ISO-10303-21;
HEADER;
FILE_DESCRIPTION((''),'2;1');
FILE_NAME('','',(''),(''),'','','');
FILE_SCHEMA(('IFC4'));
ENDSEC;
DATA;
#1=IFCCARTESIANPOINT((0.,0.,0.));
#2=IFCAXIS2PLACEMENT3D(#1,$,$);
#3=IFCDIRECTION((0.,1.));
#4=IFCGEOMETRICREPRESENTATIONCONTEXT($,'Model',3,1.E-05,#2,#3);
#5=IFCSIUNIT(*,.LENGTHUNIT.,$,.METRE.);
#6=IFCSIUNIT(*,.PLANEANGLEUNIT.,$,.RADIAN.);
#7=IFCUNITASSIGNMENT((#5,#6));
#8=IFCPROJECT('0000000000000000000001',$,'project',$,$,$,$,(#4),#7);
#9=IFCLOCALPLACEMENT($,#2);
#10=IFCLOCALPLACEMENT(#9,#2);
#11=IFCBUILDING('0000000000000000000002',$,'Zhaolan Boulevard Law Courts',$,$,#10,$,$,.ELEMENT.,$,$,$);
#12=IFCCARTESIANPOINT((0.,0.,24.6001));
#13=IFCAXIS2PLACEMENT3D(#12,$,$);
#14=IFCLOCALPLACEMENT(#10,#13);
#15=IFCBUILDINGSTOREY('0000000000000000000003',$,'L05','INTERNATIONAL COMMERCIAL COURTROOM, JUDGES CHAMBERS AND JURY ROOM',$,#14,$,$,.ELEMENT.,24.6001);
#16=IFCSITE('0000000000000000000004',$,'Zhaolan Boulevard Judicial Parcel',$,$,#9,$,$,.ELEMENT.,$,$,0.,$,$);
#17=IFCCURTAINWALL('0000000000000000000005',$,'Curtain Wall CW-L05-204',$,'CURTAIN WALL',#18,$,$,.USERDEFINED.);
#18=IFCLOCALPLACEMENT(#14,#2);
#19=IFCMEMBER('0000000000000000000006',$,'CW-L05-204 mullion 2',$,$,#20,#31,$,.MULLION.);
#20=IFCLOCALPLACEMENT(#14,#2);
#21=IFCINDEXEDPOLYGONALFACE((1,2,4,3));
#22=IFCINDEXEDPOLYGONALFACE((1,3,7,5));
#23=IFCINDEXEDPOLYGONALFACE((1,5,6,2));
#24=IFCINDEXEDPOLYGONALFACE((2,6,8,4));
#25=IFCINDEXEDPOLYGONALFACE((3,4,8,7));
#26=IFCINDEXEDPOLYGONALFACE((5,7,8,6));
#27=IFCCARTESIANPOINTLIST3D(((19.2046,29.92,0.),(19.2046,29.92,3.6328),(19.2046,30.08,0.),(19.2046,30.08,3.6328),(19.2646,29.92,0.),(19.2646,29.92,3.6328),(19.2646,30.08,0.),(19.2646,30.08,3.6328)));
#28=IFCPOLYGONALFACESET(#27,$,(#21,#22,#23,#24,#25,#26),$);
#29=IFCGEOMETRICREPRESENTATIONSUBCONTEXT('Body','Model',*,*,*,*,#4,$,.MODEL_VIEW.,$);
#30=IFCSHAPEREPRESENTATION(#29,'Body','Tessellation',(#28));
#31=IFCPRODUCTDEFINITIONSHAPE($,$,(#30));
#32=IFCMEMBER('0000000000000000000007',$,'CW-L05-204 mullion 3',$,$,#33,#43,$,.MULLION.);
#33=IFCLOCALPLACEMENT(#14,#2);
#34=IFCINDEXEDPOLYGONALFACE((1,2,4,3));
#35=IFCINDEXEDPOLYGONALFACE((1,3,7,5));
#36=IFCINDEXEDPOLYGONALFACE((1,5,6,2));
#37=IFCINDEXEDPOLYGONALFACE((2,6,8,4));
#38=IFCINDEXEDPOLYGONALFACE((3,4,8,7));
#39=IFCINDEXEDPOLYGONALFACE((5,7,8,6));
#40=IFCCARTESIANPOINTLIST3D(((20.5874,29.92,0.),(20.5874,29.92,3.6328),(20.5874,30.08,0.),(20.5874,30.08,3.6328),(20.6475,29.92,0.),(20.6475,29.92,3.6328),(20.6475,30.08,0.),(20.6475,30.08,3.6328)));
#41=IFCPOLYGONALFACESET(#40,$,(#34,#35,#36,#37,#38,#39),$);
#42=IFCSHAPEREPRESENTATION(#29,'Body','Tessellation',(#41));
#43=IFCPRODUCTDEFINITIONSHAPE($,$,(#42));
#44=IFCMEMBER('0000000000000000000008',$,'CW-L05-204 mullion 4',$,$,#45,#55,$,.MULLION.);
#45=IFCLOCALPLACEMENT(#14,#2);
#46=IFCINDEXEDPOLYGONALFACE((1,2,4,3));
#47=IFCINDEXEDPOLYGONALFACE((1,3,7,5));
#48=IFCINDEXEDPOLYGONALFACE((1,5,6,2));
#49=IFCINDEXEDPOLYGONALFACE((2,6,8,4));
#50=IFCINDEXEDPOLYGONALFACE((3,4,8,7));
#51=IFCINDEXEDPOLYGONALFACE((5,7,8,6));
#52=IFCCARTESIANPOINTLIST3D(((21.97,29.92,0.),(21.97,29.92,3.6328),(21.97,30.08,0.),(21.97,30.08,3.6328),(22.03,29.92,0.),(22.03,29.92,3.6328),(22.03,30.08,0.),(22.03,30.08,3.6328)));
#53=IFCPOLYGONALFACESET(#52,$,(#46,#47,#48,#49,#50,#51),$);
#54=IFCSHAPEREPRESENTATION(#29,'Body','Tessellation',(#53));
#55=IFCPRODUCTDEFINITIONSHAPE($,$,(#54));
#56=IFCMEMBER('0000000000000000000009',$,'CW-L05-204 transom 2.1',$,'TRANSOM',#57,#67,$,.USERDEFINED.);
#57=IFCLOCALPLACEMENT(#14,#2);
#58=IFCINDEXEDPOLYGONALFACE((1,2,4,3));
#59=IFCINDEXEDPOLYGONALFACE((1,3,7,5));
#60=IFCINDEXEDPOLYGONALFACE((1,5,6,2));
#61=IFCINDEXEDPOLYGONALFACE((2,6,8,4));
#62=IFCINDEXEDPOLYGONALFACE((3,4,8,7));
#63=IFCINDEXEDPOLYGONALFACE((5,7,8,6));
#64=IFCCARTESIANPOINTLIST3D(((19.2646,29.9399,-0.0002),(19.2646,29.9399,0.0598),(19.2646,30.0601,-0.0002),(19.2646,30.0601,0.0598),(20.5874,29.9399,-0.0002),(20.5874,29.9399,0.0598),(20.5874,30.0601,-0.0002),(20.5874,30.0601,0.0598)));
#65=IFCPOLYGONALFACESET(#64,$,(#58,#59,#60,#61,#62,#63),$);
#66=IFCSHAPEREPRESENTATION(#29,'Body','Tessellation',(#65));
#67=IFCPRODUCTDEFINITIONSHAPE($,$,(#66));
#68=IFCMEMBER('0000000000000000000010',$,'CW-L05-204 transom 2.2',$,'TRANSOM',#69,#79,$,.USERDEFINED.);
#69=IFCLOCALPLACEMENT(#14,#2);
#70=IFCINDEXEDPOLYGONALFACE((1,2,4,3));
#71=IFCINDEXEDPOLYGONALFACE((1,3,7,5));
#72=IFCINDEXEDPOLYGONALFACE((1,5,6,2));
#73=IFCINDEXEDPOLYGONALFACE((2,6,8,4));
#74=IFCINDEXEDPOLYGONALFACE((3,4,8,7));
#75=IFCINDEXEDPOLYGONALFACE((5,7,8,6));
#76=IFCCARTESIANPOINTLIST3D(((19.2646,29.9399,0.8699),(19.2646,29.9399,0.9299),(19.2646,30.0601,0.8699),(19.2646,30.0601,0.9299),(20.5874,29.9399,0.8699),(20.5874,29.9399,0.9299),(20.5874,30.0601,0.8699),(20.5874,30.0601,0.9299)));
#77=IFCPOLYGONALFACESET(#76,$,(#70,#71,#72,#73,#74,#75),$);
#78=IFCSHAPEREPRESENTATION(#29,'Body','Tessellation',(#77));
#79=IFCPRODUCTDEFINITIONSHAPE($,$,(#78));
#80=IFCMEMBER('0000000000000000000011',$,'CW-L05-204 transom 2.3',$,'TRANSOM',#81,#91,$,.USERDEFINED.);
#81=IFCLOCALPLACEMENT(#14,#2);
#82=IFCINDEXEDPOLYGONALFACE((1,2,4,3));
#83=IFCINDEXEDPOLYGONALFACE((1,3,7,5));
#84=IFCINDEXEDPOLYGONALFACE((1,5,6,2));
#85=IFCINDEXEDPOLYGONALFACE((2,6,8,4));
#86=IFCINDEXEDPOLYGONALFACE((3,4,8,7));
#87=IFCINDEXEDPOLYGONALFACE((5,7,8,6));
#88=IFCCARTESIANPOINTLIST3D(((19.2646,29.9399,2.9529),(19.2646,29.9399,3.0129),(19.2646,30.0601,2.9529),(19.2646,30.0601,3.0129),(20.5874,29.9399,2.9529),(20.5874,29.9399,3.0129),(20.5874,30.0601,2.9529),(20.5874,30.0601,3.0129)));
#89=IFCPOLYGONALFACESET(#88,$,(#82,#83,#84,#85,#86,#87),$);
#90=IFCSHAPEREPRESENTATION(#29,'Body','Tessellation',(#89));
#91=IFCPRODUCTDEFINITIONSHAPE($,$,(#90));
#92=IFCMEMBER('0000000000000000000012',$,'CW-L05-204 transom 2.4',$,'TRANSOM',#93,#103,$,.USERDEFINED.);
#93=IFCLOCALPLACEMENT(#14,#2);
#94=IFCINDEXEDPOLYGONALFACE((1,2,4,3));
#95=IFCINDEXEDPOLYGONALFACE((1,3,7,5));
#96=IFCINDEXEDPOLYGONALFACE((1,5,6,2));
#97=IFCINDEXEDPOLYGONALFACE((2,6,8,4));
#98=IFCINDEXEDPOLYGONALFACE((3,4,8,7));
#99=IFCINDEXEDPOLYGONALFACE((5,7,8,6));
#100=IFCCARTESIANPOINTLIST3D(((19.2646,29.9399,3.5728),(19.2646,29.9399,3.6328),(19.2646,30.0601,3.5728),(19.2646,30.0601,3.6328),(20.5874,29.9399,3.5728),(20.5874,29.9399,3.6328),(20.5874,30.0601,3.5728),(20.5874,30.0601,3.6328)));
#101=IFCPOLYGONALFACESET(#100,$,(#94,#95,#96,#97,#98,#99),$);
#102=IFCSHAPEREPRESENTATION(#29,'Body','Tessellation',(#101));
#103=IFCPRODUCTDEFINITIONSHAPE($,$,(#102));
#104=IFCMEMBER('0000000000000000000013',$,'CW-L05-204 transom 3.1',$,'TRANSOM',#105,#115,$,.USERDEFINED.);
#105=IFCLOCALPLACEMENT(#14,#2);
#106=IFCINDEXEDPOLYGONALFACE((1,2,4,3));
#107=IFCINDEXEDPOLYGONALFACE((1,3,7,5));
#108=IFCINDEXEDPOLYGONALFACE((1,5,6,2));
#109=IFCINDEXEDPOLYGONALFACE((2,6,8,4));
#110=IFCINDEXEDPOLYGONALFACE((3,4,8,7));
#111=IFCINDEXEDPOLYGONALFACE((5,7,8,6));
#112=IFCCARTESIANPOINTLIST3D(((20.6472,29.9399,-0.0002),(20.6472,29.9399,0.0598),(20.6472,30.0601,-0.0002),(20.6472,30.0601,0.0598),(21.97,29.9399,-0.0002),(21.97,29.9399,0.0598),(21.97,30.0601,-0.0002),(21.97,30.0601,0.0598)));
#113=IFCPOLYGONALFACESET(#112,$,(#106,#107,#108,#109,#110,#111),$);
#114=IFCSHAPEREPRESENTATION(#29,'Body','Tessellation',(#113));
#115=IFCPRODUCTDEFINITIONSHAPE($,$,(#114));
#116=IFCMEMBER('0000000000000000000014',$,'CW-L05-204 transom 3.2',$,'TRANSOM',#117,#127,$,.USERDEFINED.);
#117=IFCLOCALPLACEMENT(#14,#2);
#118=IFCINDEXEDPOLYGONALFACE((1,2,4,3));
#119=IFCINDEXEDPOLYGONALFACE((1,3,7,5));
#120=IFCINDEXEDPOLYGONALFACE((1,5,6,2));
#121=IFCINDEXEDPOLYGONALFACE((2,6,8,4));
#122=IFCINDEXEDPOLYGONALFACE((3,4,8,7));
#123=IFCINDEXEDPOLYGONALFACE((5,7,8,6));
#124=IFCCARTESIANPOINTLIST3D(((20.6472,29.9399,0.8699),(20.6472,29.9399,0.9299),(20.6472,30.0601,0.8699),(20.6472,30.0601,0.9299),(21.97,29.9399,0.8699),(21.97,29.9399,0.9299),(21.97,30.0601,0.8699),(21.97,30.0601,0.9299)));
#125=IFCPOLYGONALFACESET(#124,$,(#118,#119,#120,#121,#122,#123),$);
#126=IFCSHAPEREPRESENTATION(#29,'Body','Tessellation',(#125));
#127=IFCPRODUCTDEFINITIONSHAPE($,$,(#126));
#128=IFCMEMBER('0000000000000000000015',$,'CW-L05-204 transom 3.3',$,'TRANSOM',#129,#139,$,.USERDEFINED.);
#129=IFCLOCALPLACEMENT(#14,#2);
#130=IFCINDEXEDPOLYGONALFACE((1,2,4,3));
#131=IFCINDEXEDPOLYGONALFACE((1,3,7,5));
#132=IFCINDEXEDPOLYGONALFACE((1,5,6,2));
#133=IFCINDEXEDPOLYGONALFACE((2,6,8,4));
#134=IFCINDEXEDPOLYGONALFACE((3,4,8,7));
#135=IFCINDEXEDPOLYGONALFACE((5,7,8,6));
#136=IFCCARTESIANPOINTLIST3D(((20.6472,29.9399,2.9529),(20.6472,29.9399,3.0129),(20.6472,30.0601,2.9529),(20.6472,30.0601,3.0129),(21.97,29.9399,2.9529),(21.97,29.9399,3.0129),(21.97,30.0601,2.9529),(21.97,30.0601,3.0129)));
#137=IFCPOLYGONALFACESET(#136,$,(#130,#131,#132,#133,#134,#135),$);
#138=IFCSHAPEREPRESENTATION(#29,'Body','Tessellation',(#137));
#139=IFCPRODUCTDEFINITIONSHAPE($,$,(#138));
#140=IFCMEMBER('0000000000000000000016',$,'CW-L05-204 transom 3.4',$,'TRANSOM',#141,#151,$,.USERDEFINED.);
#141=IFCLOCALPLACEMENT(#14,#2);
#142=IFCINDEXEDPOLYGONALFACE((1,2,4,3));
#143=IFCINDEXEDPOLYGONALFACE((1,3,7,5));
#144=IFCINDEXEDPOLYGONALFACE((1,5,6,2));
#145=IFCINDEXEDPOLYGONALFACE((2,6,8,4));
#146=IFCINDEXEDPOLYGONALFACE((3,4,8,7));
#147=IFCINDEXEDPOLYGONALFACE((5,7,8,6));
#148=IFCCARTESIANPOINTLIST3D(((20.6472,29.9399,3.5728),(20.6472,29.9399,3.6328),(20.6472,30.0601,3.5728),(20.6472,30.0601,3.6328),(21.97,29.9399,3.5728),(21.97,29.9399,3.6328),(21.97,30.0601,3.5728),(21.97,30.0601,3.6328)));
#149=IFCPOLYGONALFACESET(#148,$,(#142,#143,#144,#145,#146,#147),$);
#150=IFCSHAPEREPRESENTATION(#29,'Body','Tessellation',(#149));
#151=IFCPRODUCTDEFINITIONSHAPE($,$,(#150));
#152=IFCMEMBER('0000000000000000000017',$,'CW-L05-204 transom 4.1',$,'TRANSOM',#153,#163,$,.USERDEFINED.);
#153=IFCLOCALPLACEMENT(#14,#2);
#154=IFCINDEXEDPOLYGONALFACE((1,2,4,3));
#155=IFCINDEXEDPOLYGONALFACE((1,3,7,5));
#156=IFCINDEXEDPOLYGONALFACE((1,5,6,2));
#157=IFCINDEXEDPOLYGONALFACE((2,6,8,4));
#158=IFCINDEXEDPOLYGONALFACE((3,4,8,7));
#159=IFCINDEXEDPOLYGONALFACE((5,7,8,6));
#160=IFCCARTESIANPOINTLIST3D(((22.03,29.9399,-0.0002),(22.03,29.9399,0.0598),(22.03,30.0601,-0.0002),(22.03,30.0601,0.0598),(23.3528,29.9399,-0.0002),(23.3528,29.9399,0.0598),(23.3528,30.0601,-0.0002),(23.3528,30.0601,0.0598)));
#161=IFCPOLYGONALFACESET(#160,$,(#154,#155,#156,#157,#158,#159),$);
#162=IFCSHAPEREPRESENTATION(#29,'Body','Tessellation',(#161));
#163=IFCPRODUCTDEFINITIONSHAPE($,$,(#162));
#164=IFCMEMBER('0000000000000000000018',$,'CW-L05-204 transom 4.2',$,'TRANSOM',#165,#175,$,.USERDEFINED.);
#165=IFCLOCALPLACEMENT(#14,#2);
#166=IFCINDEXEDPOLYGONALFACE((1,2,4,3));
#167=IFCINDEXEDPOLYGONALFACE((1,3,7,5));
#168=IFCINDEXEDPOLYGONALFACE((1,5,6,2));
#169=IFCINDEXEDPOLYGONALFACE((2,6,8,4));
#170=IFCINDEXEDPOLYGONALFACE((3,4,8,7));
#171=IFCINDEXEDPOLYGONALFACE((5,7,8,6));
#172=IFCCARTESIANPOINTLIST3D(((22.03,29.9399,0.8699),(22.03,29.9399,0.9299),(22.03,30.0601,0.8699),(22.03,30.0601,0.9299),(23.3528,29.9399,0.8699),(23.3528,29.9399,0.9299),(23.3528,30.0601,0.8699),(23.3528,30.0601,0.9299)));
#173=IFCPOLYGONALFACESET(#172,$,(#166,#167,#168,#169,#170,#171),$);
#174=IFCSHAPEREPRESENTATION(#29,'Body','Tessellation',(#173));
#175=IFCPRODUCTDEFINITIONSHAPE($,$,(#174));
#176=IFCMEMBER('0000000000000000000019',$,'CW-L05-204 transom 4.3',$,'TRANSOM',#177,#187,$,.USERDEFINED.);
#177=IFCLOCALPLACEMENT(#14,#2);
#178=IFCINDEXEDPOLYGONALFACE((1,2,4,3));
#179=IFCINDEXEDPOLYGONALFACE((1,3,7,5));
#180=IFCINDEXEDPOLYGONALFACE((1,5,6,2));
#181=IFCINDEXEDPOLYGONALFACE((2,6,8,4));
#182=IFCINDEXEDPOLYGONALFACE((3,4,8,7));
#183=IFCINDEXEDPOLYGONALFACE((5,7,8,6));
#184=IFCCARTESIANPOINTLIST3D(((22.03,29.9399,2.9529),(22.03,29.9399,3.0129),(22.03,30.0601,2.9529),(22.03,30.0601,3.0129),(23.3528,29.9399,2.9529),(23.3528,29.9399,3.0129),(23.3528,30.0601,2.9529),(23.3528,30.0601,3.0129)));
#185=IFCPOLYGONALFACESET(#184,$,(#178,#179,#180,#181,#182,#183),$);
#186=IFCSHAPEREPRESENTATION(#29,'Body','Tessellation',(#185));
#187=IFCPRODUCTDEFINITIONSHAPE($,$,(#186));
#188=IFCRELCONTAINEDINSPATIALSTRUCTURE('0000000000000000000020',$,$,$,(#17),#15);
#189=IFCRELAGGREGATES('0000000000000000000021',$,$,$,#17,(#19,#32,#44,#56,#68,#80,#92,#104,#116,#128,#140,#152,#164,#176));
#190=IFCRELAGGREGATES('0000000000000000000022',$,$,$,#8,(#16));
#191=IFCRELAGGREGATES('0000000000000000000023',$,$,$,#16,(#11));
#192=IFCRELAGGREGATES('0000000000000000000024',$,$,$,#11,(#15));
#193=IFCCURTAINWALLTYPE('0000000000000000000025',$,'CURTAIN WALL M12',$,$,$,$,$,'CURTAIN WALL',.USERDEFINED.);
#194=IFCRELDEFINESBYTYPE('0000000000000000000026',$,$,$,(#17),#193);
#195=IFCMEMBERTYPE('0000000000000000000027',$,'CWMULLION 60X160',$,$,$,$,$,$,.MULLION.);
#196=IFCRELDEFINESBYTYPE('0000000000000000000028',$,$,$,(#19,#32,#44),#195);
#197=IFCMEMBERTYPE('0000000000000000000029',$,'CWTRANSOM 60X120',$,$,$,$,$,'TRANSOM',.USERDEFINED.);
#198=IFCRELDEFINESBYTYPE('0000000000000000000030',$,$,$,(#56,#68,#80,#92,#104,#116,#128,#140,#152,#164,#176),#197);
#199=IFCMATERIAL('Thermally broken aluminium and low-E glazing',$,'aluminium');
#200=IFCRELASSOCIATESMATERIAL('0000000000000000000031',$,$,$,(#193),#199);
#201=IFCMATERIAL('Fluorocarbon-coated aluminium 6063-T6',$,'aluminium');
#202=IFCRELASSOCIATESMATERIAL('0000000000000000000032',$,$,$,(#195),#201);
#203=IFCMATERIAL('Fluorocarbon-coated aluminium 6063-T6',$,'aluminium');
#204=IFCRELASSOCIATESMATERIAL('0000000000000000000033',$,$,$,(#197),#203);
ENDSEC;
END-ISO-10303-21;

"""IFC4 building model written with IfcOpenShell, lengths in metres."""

from ifc_helpers import new_model, si_unit, direction, frame, origin, origin_2d, place, context, subcontext, project, spatial, rectangle, extrude, material, material_profile, profile_set, type_object, element, aggregate, save


model = new_model("IFC4")

# Units and contexts
model_context = context("Model", 3, precision=1e-05, world=origin(), true_north=direction((0.0, 1.0)))
body_context = subcontext(model_context, "Body", "Model", "MODEL_VIEW")
ifc_project = project(units=[si_unit("LENGTHUNIT", "METRE"), si_unit("PLANEANGLEUNIT", "RADIAN")], contexts=[model_context])

# Site, building, storey
site_placement = place(None, origin())
site = spatial("IfcSite", under=ifc_project, at=site_placement, Name="Zhaolan Boulevard Judicial Parcel", CompositionType="ELEMENT", RefElevation=0.0)
building_placement = place(site_placement, origin())
building = spatial("IfcBuilding", under=site, at=building_placement, Name="Zhaolan Boulevard Law Courts", CompositionType="ELEMENT")
storey_placement = place(building_placement, frame((0.0, 0.0, 24.6001)))
storey = spatial("IfcBuildingStorey", under=building, at=storey_placement, Name="L05", Description="INTERNATIONAL COMMERCIAL COURTROOM, JUDGES CHAMBERS AND JURY ROOM", CompositionType="ELEMENT", Elevation=24.6001)

# Curtain wall, members
ifc_material_1 = material(Name="Thermally broken aluminium and low-E glazing", Category="aluminium")
curtain_wall_type = type_object("IfcCurtainWallType", Name="CURTAIN WALL M12", ElementType="CURTAIN WALL", PredefinedType="USERDEFINED", material=ifc_material_1)
curtain_wall_placement = place(storey_placement, origin())
curtain_wall = element("IfcCurtainWall", 1, at=curtain_wall_placement, inside=storey, type_object=curtain_wall_type, Name="Curtain Wall CW-L05-204", ObjectType="CURTAIN WALL", PredefinedType="USERDEFINED")
ifc_material_2 = material(Name="Fluorocarbon-coated aluminium 6063-T6", Category="aluminium")
ifc_material_profile_1 = material_profile(ifc_material_2, rectangle(XDim=0.1599, YDim=0.0601, at=origin_2d()), Name="AL60x160")
ifc_profile_set_1 = profile_set([ifc_material_profile_1], Name="Fluorocarbon-coated aluminium 6063-T6")
member_type_1 = type_object("IfcMemberType", Name="CWMULLION 60X160", PredefinedType="MULLION", material=ifc_profile_set_1)
member_1_placement = place(storey_placement, frame((19.2346, 30.0, 0.0), z_axis=(0.0, 0.0, 1.0), x_axis=(0.0, 1.0, 0.0)))
member_1 = element("IfcMember", 2, at=member_1_placement, type_object=member_type_1, Name="CW-L05-204 mullion 2", PredefinedType="MULLION", context=body_context, shape_type="SweptSolid", body=[
    extrude(rectangle(XDim=0.1599, YDim=0.0601, at=origin_2d()), origin(), (0.0, 0.0, 1.0), 3.6328),
])
member_2_placement = place(storey_placement, frame((20.6174, 30.0, 0.0), z_axis=(0.0, 0.0, 1.0), x_axis=(0.0, 1.0, 0.0)))
member_2 = element("IfcMember", 3, at=member_2_placement, type_object=member_type_1, Name="CW-L05-204 mullion 3", PredefinedType="MULLION", context=body_context, shape_type="SweptSolid", body=[
    extrude(rectangle(XDim=0.1599, YDim=0.0601, at=origin_2d()), origin(), (0.0, 0.0, 1.0), 3.6328),
])
member_3_placement = place(storey_placement, frame((22.0, 30.0, 0.0), z_axis=(0.0, 0.0, 1.0), x_axis=(0.0, 1.0, 0.0)))
member_3 = element("IfcMember", 4, at=member_3_placement, type_object=member_type_1, Name="CW-L05-204 mullion 4", PredefinedType="MULLION", context=body_context, shape_type="SweptSolid", body=[
    extrude(rectangle(XDim=0.1599, YDim=0.0601, at=origin_2d()), origin(), (0.0, 0.0, 1.0), 3.6328),
])
ifc_material_3 = material(Name="Fluorocarbon-coated aluminium 6063-T6", Category="aluminium")
ifc_material_profile_2 = material_profile(ifc_material_3, rectangle(XDim=0.1201, YDim=0.0601, at=origin_2d()), Name="AL60x120")
ifc_profile_set_2 = profile_set([ifc_material_profile_2], Name="Fluorocarbon-coated aluminium 6063-T6")
member_type_2 = type_object("IfcMemberType", Name="CWTRANSOM 60X120", ElementType="TRANSOM", PredefinedType="USERDEFINED", material=ifc_profile_set_2)
member_4_placement = place(storey_placement, frame((19.2646, 30.0, 0.0298), z_axis=(1.0, 0.0, 0.0), x_axis=(0.0, 1.0, 0.0)))
member_4 = element("IfcMember", 5, at=member_4_placement, type_object=member_type_2, Name="CW-L05-204 transom 2.1", ObjectType="TRANSOM", PredefinedType="USERDEFINED", context=body_context, shape_type="SweptSolid", body=[
    extrude(rectangle(XDim=0.1201, YDim=0.0601, at=origin_2d()), origin(), (0.0, 0.0, 1.0), 1.3228),
])
member_5_placement = place(storey_placement, frame((19.2646, 30.0, 0.8999), z_axis=(1.0, 0.0, 0.0), x_axis=(0.0, 1.0, 0.0)))
member_5 = element("IfcMember", 6, at=member_5_placement, type_object=member_type_2, Name="CW-L05-204 transom 2.2", ObjectType="TRANSOM", PredefinedType="USERDEFINED", context=body_context, shape_type="SweptSolid", body=[
    extrude(rectangle(XDim=0.1201, YDim=0.0601, at=origin_2d()), origin(), (0.0, 0.0, 1.0), 1.3228),
])
member_6_placement = place(storey_placement, frame((19.2646, 30.0, 2.9829), z_axis=(1.0, 0.0, 0.0), x_axis=(0.0, 1.0, 0.0)))
member_6 = element("IfcMember", 7, at=member_6_placement, type_object=member_type_2, Name="CW-L05-204 transom 2.3", ObjectType="TRANSOM", PredefinedType="USERDEFINED", context=body_context, shape_type="SweptSolid", body=[
    extrude(rectangle(XDim=0.1201, YDim=0.0601, at=origin_2d()), origin(), (0.0, 0.0, 1.0), 1.3228),
])
member_7_placement = place(storey_placement, frame((19.2646, 30.0, 3.6028), z_axis=(1.0, 0.0, 0.0), x_axis=(0.0, 1.0, 0.0)))
member_7 = element("IfcMember", 8, at=member_7_placement, type_object=member_type_2, Name="CW-L05-204 transom 2.4", ObjectType="TRANSOM", PredefinedType="USERDEFINED", context=body_context, shape_type="SweptSolid", body=[
    extrude(rectangle(XDim=0.1201, YDim=0.0601, at=origin_2d()), origin(), (0.0, 0.0, 1.0), 1.3228),
])
member_8_placement = place(storey_placement, frame((20.6472, 30.0, 0.0298), z_axis=(1.0, 0.0, 0.0), x_axis=(0.0, 1.0, 0.0)))
member_8 = element("IfcMember", 9, at=member_8_placement, type_object=member_type_2, Name="CW-L05-204 transom 3.1", ObjectType="TRANSOM", PredefinedType="USERDEFINED", context=body_context, shape_type="SweptSolid", body=[
    extrude(rectangle(XDim=0.1201, YDim=0.0601, at=origin_2d()), origin(), (0.0, 0.0, 1.0), 1.3228),
])
member_9_placement = place(storey_placement, frame((20.6472, 30.0, 0.8999), z_axis=(1.0, 0.0, 0.0), x_axis=(0.0, 1.0, 0.0)))
member_9 = element("IfcMember", 10, at=member_9_placement, type_object=member_type_2, Name="CW-L05-204 transom 3.2", ObjectType="TRANSOM", PredefinedType="USERDEFINED", context=body_context, shape_type="SweptSolid", body=[
    extrude(rectangle(XDim=0.1201, YDim=0.0601, at=origin_2d()), origin(), (0.0, 0.0, 1.0), 1.3228),
])
member_10_placement = place(storey_placement, frame((20.6472, 30.0, 2.9829), z_axis=(1.0, 0.0, 0.0), x_axis=(0.0, 1.0, 0.0)))
member_10 = element("IfcMember", 11, at=member_10_placement, type_object=member_type_2, Name="CW-L05-204 transom 3.3", ObjectType="TRANSOM", PredefinedType="USERDEFINED", context=body_context, shape_type="SweptSolid", body=[
    extrude(rectangle(XDim=0.1201, YDim=0.0601, at=origin_2d()), origin(), (0.0, 0.0, 1.0), 1.3228),
])
member_11_placement = place(storey_placement, frame((20.6472, 30.0, 3.6028), z_axis=(1.0, 0.0, 0.0), x_axis=(0.0, 1.0, 0.0)))
member_11 = element("IfcMember", 12, at=member_11_placement, type_object=member_type_2, Name="CW-L05-204 transom 3.4", ObjectType="TRANSOM", PredefinedType="USERDEFINED", context=body_context, shape_type="SweptSolid", body=[
    extrude(rectangle(XDim=0.1201, YDim=0.0601, at=origin_2d()), origin(), (0.0, 0.0, 1.0), 1.3228),
])
member_12_placement = place(storey_placement, frame((22.03, 30.0, 0.0298), z_axis=(1.0, 0.0, 0.0), x_axis=(0.0, 1.0, 0.0)))
member_12 = element("IfcMember", 13, at=member_12_placement, type_object=member_type_2, Name="CW-L05-204 transom 4.1", ObjectType="TRANSOM", PredefinedType="USERDEFINED", context=body_context, shape_type="SweptSolid", body=[
    extrude(rectangle(XDim=0.1201, YDim=0.0601, at=origin_2d()), origin(), (0.0, 0.0, 1.0), 1.3228),
])
member_13_placement = place(storey_placement, frame((22.03, 30.0, 0.8999), z_axis=(1.0, 0.0, 0.0), x_axis=(0.0, 1.0, 0.0)))
member_13 = element("IfcMember", 14, at=member_13_placement, type_object=member_type_2, Name="CW-L05-204 transom 4.2", ObjectType="TRANSOM", PredefinedType="USERDEFINED", context=body_context, shape_type="SweptSolid", body=[
    extrude(rectangle(XDim=0.1201, YDim=0.0601, at=origin_2d()), origin(), (0.0, 0.0, 1.0), 1.3228),
])
member_14_placement = place(storey_placement, frame((22.03, 30.0, 2.9829), z_axis=(1.0, 0.0, 0.0), x_axis=(0.0, 1.0, 0.0)))
member_14 = element("IfcMember", 15, at=member_14_placement, type_object=member_type_2, Name="CW-L05-204 transom 4.3", ObjectType="TRANSOM", PredefinedType="USERDEFINED", context=body_context, shape_type="SweptSolid", body=[
    extrude(rectangle(XDim=0.1201, YDim=0.0601, at=origin_2d()), origin(), (0.0, 0.0, 1.0), 1.3228),
])

aggregate(curtain_wall, [member_1, member_2, member_3, member_4, member_5, member_6, member_7, member_8, member_9, member_10, member_11, member_12, member_13, member_14])

save(model, "model.ifc")
